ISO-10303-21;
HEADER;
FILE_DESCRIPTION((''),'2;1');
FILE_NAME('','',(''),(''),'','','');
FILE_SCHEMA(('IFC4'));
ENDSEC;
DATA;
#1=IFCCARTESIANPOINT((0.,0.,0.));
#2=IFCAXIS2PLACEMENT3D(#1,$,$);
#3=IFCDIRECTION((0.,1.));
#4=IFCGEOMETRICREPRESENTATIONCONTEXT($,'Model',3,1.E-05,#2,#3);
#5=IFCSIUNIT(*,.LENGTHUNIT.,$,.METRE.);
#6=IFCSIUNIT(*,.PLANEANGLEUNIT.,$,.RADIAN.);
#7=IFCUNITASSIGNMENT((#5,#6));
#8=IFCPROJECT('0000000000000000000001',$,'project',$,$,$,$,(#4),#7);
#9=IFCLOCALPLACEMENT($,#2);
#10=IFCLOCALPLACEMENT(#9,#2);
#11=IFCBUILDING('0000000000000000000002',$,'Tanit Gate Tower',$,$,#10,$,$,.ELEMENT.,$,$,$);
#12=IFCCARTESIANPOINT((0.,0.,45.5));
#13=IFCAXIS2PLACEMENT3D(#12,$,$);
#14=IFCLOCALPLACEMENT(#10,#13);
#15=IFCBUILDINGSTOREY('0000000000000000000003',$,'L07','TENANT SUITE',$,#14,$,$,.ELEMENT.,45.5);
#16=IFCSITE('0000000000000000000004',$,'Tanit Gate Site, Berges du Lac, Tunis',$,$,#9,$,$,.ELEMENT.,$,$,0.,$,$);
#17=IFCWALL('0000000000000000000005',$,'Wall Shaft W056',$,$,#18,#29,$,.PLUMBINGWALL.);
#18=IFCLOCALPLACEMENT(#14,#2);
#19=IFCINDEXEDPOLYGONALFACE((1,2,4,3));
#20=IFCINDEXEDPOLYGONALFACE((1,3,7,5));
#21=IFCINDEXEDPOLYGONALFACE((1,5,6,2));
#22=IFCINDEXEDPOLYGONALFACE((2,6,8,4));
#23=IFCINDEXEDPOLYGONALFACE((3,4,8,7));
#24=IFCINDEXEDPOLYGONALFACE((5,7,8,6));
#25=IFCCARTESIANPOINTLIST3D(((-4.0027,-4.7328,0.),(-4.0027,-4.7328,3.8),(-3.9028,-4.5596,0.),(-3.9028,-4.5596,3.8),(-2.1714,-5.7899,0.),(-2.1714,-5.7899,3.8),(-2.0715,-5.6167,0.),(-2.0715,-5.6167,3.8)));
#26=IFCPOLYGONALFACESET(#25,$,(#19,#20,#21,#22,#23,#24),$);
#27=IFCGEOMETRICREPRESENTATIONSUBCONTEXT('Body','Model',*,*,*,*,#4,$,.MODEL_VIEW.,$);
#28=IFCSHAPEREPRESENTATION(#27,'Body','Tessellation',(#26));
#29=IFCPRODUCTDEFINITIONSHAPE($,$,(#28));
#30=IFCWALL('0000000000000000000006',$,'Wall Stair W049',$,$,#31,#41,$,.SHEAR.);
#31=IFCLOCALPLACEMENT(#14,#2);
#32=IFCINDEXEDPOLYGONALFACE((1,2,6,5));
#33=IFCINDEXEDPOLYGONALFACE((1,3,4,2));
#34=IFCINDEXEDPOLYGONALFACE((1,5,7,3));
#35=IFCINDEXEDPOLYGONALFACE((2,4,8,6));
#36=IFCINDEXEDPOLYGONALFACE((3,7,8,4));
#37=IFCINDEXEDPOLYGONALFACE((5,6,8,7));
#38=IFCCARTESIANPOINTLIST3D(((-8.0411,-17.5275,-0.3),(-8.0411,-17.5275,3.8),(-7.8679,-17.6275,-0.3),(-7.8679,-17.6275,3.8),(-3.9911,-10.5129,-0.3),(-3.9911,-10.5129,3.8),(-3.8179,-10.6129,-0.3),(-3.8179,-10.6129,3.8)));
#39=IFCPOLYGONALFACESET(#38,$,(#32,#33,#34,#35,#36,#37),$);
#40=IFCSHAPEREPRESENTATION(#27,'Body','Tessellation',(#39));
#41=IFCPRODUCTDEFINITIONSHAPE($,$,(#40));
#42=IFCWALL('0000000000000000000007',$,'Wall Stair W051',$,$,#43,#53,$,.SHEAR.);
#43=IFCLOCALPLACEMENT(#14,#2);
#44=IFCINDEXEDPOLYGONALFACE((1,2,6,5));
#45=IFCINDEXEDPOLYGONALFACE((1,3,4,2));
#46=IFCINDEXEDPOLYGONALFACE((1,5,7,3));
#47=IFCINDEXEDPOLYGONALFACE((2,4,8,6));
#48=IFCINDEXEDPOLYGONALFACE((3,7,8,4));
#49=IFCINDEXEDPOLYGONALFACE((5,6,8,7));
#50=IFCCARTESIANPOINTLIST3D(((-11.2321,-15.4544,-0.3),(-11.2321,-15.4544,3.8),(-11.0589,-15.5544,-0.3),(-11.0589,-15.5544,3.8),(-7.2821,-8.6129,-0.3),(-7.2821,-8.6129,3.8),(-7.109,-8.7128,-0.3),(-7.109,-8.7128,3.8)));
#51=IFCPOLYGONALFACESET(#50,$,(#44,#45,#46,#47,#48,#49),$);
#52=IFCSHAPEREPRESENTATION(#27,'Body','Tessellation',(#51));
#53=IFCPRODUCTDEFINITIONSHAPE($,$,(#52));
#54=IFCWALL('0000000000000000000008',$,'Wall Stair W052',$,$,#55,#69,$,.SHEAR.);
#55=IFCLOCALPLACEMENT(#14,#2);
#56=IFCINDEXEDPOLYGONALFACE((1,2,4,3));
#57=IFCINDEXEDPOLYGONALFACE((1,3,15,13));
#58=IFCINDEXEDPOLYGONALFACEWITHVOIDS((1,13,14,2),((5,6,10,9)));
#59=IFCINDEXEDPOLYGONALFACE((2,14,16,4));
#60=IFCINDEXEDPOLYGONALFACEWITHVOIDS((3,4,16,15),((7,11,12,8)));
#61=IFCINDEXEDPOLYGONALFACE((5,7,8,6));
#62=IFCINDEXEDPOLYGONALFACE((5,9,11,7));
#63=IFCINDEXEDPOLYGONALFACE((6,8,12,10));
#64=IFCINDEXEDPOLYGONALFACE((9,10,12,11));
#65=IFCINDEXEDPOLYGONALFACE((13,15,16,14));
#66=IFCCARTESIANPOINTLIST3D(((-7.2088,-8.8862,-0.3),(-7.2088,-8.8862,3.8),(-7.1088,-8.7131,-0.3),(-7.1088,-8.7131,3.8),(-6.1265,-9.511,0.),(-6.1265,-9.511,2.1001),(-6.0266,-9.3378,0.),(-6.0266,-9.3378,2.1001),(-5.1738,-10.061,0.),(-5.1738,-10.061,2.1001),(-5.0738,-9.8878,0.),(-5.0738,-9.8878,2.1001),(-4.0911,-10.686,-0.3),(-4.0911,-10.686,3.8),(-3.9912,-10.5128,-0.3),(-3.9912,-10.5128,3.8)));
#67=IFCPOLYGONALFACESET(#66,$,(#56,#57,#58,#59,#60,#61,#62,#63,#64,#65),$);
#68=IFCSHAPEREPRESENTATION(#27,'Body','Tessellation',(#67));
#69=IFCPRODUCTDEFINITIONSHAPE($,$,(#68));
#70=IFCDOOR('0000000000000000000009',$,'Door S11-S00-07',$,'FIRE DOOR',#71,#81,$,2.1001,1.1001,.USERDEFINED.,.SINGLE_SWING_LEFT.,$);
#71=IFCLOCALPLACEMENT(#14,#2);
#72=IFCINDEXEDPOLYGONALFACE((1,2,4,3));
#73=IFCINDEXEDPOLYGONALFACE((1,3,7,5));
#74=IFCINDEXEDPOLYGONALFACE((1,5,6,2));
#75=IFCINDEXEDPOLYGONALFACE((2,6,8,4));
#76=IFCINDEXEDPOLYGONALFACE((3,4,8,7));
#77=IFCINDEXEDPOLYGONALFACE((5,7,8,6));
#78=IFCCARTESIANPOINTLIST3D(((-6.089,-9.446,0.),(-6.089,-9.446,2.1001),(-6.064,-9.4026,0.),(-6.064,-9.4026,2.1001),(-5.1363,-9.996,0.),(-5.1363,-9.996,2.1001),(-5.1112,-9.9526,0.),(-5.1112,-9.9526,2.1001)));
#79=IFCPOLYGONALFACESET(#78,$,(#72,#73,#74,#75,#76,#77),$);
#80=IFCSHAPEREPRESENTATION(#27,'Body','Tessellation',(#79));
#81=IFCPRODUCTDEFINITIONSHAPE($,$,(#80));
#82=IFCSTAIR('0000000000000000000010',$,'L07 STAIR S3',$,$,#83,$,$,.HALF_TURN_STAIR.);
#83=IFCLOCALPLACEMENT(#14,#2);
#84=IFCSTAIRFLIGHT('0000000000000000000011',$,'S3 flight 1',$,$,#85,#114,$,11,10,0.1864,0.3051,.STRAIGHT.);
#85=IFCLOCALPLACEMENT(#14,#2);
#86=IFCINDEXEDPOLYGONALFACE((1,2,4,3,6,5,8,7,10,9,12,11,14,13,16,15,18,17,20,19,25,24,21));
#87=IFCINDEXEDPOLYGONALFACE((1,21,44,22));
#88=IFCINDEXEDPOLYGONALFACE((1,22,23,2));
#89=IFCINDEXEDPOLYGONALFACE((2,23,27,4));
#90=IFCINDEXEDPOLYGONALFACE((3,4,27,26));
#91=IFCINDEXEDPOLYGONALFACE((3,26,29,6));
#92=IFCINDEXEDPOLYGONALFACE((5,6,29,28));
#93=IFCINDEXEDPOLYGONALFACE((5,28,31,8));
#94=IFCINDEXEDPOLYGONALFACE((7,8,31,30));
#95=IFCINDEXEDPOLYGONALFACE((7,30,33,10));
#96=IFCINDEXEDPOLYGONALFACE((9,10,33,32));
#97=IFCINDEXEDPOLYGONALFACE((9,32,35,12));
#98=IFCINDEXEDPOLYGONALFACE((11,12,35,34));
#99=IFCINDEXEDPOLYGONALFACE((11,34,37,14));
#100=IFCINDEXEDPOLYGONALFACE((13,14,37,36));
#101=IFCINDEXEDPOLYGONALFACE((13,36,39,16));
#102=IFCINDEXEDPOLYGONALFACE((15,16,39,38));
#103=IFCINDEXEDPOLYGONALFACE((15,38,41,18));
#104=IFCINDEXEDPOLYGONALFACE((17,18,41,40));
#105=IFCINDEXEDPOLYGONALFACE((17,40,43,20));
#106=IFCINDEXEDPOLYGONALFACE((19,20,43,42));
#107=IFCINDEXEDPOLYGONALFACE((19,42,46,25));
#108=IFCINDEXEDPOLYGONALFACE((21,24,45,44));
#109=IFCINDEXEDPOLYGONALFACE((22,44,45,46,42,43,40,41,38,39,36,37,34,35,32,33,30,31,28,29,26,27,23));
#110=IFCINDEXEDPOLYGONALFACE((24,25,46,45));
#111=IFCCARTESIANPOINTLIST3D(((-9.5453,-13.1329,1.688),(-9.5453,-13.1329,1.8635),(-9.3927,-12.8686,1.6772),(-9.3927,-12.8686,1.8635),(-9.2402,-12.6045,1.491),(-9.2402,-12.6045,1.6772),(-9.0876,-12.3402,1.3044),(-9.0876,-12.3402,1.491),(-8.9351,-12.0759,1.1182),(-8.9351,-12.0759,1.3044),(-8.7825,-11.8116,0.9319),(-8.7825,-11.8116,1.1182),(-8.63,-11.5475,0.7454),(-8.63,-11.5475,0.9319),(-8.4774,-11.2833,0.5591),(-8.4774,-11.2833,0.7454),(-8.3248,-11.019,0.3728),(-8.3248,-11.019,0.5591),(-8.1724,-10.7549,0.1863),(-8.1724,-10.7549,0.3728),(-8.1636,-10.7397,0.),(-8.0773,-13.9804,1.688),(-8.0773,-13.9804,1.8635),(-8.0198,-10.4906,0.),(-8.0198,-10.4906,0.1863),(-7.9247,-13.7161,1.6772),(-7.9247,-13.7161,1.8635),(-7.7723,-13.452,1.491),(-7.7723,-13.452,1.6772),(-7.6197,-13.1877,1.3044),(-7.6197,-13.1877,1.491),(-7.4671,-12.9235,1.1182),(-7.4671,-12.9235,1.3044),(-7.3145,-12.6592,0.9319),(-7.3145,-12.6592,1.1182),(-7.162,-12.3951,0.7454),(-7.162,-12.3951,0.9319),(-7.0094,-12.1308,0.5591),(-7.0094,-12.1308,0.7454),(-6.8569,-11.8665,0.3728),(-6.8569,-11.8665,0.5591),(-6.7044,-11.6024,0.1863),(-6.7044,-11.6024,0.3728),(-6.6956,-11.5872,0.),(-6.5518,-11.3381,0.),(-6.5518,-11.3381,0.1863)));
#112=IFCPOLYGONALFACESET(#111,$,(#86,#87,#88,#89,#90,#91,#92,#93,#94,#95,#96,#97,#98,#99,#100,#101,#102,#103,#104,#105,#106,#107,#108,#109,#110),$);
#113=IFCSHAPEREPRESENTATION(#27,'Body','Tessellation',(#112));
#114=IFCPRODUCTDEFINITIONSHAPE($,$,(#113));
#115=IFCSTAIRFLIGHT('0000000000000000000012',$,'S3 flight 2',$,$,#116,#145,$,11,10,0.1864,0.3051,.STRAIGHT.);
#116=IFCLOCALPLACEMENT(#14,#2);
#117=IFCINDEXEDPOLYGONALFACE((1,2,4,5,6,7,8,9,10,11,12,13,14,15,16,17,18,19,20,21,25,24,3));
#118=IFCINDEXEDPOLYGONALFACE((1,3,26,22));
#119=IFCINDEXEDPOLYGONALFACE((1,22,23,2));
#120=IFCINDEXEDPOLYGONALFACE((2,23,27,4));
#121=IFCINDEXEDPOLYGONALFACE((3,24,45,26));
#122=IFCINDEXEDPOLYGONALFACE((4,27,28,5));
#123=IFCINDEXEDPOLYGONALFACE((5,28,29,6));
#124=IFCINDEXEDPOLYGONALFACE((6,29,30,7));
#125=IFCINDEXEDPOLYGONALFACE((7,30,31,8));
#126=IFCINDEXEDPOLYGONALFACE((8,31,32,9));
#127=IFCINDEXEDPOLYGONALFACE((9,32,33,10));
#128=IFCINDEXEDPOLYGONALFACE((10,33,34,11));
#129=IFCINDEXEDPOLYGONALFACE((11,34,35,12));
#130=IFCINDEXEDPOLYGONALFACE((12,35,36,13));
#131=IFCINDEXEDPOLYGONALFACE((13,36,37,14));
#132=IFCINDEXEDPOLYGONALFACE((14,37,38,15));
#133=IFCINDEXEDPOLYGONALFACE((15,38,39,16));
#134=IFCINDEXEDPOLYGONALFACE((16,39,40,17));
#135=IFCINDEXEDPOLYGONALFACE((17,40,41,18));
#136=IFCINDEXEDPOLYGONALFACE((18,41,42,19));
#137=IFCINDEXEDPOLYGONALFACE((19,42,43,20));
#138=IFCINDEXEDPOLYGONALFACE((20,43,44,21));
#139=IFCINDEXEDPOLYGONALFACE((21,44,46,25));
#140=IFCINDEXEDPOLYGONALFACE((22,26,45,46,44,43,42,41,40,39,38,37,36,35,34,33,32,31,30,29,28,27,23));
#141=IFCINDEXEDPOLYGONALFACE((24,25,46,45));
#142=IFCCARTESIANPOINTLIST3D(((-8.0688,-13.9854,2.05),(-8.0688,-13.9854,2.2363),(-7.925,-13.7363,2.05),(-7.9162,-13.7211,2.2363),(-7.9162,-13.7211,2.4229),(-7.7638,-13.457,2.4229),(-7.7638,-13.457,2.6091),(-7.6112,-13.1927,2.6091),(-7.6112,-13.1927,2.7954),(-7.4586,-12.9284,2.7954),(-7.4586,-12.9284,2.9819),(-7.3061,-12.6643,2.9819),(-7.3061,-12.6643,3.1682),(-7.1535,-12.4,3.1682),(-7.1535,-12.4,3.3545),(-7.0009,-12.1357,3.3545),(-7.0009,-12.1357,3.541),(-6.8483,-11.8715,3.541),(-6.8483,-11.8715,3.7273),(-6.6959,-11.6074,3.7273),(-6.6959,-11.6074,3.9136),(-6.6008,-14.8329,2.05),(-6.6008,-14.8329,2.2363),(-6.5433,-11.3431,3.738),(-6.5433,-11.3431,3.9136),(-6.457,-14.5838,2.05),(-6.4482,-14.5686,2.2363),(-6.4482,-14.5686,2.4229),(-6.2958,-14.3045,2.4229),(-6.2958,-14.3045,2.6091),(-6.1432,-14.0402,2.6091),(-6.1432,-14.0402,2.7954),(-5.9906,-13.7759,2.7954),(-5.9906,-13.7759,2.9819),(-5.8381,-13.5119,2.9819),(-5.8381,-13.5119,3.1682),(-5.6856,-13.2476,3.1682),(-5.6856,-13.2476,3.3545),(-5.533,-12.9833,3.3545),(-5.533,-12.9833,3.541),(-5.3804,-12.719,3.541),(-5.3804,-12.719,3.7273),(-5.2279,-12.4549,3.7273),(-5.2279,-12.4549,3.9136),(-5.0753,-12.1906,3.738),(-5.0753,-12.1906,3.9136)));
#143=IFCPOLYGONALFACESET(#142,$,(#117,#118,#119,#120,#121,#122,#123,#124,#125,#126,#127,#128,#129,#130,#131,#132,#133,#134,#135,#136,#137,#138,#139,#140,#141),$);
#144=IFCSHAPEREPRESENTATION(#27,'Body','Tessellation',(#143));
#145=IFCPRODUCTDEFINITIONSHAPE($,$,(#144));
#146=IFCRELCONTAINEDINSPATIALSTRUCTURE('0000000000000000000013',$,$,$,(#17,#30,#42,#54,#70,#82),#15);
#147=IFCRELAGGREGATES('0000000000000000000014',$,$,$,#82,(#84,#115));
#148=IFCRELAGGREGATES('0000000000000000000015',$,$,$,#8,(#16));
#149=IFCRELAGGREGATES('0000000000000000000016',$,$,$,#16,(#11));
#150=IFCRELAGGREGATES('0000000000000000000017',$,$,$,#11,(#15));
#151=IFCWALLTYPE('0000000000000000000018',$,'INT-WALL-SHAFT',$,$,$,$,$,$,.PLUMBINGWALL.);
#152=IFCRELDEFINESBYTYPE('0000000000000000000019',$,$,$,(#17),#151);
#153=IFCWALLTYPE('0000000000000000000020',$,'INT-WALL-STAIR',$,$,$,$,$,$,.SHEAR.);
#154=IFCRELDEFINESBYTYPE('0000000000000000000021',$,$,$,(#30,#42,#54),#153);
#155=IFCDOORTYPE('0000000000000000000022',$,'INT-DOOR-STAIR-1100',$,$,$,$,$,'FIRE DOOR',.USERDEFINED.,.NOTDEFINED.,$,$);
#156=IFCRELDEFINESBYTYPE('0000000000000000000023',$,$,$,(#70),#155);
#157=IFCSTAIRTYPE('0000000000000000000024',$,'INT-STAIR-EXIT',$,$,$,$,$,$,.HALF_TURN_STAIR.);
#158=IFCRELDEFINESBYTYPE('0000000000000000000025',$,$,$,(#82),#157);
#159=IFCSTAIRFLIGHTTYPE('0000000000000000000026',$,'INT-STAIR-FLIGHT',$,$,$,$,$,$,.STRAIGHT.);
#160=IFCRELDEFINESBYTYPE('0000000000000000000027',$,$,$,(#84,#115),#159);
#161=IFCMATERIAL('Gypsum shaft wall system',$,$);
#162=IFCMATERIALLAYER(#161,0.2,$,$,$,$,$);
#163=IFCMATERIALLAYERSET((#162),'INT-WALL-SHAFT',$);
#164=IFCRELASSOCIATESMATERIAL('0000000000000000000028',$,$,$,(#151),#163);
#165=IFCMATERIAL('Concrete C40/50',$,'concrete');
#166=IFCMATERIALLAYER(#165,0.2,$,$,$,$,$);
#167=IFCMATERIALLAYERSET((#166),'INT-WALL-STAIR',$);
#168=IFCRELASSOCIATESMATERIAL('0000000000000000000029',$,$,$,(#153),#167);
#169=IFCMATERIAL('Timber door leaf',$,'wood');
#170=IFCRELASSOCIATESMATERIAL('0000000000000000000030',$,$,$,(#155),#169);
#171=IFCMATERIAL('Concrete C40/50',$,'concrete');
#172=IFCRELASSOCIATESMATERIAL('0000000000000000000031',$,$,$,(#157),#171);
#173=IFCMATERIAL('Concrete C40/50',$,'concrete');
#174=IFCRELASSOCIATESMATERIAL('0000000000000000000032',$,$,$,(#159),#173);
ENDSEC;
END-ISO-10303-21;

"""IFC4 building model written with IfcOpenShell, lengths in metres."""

from ifc_helpers import new_model, si_unit, direction, frame, frame_2d, origin, place, context, subcontext, project, spatial, polyline, rectangle, outline, extrude, material, layer, layer_set, type_object, element, fill, aggregate, save


model = new_model("IFC4")

# Units and contexts
model_context = context("Model", 3, precision=1e-05, world=origin(), true_north=direction((0.0, 1.0)))
body_context = subcontext(model_context, "Body", "Model", "MODEL_VIEW")
ifc_project = project(units=[si_unit("LENGTHUNIT", "METRE"), si_unit("PLANEANGLEUNIT", "RADIAN")], contexts=[model_context])

# Site, building, storey
site_placement = place(None, origin())
site = spatial("IfcSite", under=ifc_project, at=site_placement, Name="Tanit Gate Site, Berges du Lac, Tunis", CompositionType="ELEMENT", RefElevation=0.0)
building_placement = place(site_placement, origin())
building = spatial("IfcBuilding", under=site, at=building_placement, Name="Tanit Gate Tower", CompositionType="ELEMENT")
storey_placement = place(building_placement, frame((0.0, 0.0, 45.5)))
storey = spatial("IfcBuildingStorey", under=building, at=storey_placement, Name="L07", Description="TENANT SUITE", CompositionType="ELEMENT", Elevation=45.5)

# Shared definitions
ifc_material_1 = material(Name="Gypsum shaft wall system")
ifc_layer_1 = layer(ifc_material_1, 0.2)
ifc_layer_set_1 = layer_set([ifc_layer_1], Name="INT-WALL-SHAFT")
wall_type_1 = type_object("IfcWallType", Name="INT-WALL-SHAFT", PredefinedType="PLUMBINGWALL", material=ifc_layer_set_1)

# Walls
wall_1_placement = place(storey_placement, frame((-3.9526, -4.6462, 0.0), z_axis=(0.0, 0.0, 1.0), x_axis=(0.866061, -0.499939, 0.0)))
element("IfcWall", 1, at=wall_1_placement, inside=storey, type_object=wall_type_1, Name="Wall Shaft W056", PredefinedType="PLUMBINGWALL", context=body_context, shape_type="SweptSolid", body=[
    extrude(rectangle(XDim=2.1145, YDim=0.2, at=frame_2d((1.0571, 0.0))), origin(), (0.0, 0.0, 1.0), 3.8),
])
ifc_material_2 = material(Name="Concrete C40/50", Category="concrete")
ifc_layer_2 = layer(ifc_material_2, 0.2)
ifc_layer_set_2 = layer_set([ifc_layer_2], Name="INT-WALL-STAIR")
wall_type_2 = type_object("IfcWallType", Name="INT-WALL-STAIR", PredefinedType="SHEAR", material=ifc_layer_set_2)
wall_2_placement = place(storey_placement, frame((-3.9045, -10.563, -0.3), z_axis=(0.0, 0.0, 1.0), x_axis=(-0.500013, -0.866018, 0.0)))
element("IfcWall", 2, at=wall_2_placement, inside=storey, type_object=wall_type_2, Name="Wall Stair W049", PredefinedType="SHEAR", context=body_context, shape_type="SweptSolid", body=[
    extrude(rectangle(XDim=8.0999, YDim=0.2, at=frame_2d((4.0498, 0.0))), origin(), (0.0, 0.0, 1.0), 4.1001),
])
wall_3_placement = place(storey_placement, frame((-7.1956, -8.6628, -0.3), z_axis=(0.0, 0.0, 1.0), x_axis=(-0.499998, -0.866027, 0.0)))
element("IfcWall", 3, at=wall_3_placement, inside=storey, type_object=wall_type_2, Name="Wall Stair W051", PredefinedType="SHEAR", context=body_context, shape_type="SweptSolid", body=[
    extrude(rectangle(XDim=7.8999, YDim=0.2, at=frame_2d((3.95, 0.0))), origin(), (0.0, 0.0, 1.0), 4.1001),
])

# Wall, opening, door
wall_4_placement = place(storey_placement, frame((-4.0413, -10.5994, -0.3), z_axis=(0.0, 0.0, 1.0), x_axis=(-0.866048, 0.499961, 0.0)))
wall_4 = element("IfcWall", 4, at=wall_4_placement, inside=storey, type_object=wall_type_2, Name="Wall Stair W052", PredefinedType="SHEAR", context=body_context, shape_type="SweptSolid", body=[
    extrude(rectangle(XDim=3.5999, YDim=0.2, at=frame_2d((1.7998, 0.0))), origin(), (0.0, 0.0, 1.0), 4.1001),
])
opening_1_placement = place(wall_4_placement, frame((1.25, 0.0, 0.3)))
opening_1 = element("IfcOpeningElement", 5, at=opening_1_placement, cuts=wall_4, PredefinedType="OPENING", context=body_context, shape_type="SweptSolid", body=[
    extrude(rectangle(XDim=1.1001, YDim=2.1001, at=frame_2d((0.55, 1.05))), frame((0.0, 0.1099, 0.0), z_axis=(0.0, -1.0, 0.0), x_axis=(1.0, 0.0, 0.0)), (0.0, 0.0, 1.0), 0.22),
])
ifc_material_3 = material(Name="Timber door leaf", Category="wood")
door_type_1 = type_object("IfcDoorType", Name="INT-DOOR-STAIR-1100", ElementType="FIRE DOOR", OperationType="NOTDEFINED", PredefinedType="USERDEFINED", material=ifc_material_3)
door_1_placement = place(opening_1_placement, origin())
door_1 = element("IfcDoor", 6, at=door_1_placement, inside=storey, type_object=door_type_1, Name="Door S11-S00-07", ObjectType="FIRE DOOR", OperationType="SINGLE_SWING_LEFT", OverallHeight=2.1001, OverallWidth=1.1001, PredefinedType="USERDEFINED", context=body_context, shape_type="SweptSolid", body=[
    extrude(rectangle(XDim=1.1001, YDim=2.1001, at=frame_2d((0.55, 1.05))), frame((0.0, 0.0249, 0.0), z_axis=(0.0, -1.0, 0.0), x_axis=(1.0, 0.0, 0.0)), (0.0, 0.0, 1.0), 0.05),
])
fill(opening_1, door_1)

# Stair, stair flights
ifc_material_4 = material(Name="Concrete C40/50", Category="concrete")
stair_type = type_object("IfcStairType", Name="INT-STAIR-EXIT", PredefinedType="HALF_TURN_STAIR", material=ifc_material_4)
stair_placement = place(storey_placement, origin())
stair = element("IfcStair", 7, at=stair_placement, inside=storey, type_object=stair_type, Name="L07 STAIR S3", PredefinedType="HALF_TURN_STAIR")
ifc_material_5 = material(Name="Concrete C40/50", Category="concrete")
stair_flight_type = type_object("IfcStairFlightType", Name="INT-STAIR-FLIGHT", PredefinedType="STRAIGHT", material=ifc_material_5)
stair_flight_1_placement = place(storey_placement, frame((-7.2859, -10.9143, 0.0), z_axis=(0.0, 0.0, 1.0), x_axis=(-0.5, -0.866025, 0.0)))
stair_flight_1 = element("IfcStairFlight", 8, at=stair_flight_1_placement, type_object=stair_flight_type, Name="S3 flight 1", NumberOfRisers=11, NumberOfTreads=10, PredefinedType="STRAIGHT", RiserHeight=0.1864, TreadLength=0.3051, context=body_context, shape_type="SweptSolid", body=[
    extrude(outline(polyline([(0.0, 0.0), (0.0, 0.1863), (0.3052, 0.1863), (0.3052, 0.3728), (0.6101, 0.3728), (0.6101, 0.5591), (0.9153, 0.5591), (0.9153, 0.7454), (1.2205, 0.7454), (1.2205, 0.9319), (1.5254, 0.9319), (1.5254, 1.1182), (1.8306, 1.1182), (1.8306, 1.3044), (2.1357, 1.3044), (2.1357, 1.491), (2.4409, 1.491), (2.4409, 1.6772), (2.7458, 1.6772), (2.7458, 1.8635), (3.051, 1.8635), (3.051, 2.05), (3.051, 1.688), (0.2876, 0.0), (0.0, 0.0)])), frame((0.0, 0.8477, 0.0), z_axis=(0.0, -1.0, 0.0), x_axis=(1.0, 0.0, 0.0)), (0.0, 0.0, 1.0), 1.6951),
])
stair_flight_2_placement = place(storey_placement, frame((-7.3347, -14.4092, 2.05), z_axis=(0.0, 0.0, 1.0), x_axis=(0.5, 0.866025, 0.0)))
stair_flight_2 = element("IfcStairFlight", 9, at=stair_flight_2_placement, type_object=stair_flight_type, Name="S3 flight 2", NumberOfRisers=11, NumberOfTreads=10, PredefinedType="STRAIGHT", RiserHeight=0.1864, TreadLength=0.3051, context=body_context, shape_type="SweptSolid", body=[
    extrude(outline(polyline([(0.0, 0.0), (0.0, 0.1863), (0.3052, 0.1863), (0.3052, 0.3728), (0.6101, 0.3728), (0.6101, 0.5591), (0.9153, 0.5591), (0.9153, 0.7454), (1.2205, 0.7454), (1.2205, 0.9319), (1.5254, 0.9319), (1.5254, 1.1182), (1.8306, 1.1182), (1.8306, 1.3044), (2.1357, 1.3044), (2.1357, 1.491), (2.4409, 1.491), (2.4409, 1.6772), (2.7458, 1.6772), (2.7458, 1.8635), (3.051, 1.8635), (3.051, 2.05), (3.051, 1.688), (0.2876, 0.0), (0.0, 0.0)])), frame((0.0, 0.8477, 0.0), z_axis=(0.0, -1.0, 0.0), x_axis=(1.0, 0.0, 0.0)), (0.0, 0.0, 1.0), 1.6951),
])
aggregate(stair, [stair_flight_1, stair_flight_2])

save(model, "model.ifc")
